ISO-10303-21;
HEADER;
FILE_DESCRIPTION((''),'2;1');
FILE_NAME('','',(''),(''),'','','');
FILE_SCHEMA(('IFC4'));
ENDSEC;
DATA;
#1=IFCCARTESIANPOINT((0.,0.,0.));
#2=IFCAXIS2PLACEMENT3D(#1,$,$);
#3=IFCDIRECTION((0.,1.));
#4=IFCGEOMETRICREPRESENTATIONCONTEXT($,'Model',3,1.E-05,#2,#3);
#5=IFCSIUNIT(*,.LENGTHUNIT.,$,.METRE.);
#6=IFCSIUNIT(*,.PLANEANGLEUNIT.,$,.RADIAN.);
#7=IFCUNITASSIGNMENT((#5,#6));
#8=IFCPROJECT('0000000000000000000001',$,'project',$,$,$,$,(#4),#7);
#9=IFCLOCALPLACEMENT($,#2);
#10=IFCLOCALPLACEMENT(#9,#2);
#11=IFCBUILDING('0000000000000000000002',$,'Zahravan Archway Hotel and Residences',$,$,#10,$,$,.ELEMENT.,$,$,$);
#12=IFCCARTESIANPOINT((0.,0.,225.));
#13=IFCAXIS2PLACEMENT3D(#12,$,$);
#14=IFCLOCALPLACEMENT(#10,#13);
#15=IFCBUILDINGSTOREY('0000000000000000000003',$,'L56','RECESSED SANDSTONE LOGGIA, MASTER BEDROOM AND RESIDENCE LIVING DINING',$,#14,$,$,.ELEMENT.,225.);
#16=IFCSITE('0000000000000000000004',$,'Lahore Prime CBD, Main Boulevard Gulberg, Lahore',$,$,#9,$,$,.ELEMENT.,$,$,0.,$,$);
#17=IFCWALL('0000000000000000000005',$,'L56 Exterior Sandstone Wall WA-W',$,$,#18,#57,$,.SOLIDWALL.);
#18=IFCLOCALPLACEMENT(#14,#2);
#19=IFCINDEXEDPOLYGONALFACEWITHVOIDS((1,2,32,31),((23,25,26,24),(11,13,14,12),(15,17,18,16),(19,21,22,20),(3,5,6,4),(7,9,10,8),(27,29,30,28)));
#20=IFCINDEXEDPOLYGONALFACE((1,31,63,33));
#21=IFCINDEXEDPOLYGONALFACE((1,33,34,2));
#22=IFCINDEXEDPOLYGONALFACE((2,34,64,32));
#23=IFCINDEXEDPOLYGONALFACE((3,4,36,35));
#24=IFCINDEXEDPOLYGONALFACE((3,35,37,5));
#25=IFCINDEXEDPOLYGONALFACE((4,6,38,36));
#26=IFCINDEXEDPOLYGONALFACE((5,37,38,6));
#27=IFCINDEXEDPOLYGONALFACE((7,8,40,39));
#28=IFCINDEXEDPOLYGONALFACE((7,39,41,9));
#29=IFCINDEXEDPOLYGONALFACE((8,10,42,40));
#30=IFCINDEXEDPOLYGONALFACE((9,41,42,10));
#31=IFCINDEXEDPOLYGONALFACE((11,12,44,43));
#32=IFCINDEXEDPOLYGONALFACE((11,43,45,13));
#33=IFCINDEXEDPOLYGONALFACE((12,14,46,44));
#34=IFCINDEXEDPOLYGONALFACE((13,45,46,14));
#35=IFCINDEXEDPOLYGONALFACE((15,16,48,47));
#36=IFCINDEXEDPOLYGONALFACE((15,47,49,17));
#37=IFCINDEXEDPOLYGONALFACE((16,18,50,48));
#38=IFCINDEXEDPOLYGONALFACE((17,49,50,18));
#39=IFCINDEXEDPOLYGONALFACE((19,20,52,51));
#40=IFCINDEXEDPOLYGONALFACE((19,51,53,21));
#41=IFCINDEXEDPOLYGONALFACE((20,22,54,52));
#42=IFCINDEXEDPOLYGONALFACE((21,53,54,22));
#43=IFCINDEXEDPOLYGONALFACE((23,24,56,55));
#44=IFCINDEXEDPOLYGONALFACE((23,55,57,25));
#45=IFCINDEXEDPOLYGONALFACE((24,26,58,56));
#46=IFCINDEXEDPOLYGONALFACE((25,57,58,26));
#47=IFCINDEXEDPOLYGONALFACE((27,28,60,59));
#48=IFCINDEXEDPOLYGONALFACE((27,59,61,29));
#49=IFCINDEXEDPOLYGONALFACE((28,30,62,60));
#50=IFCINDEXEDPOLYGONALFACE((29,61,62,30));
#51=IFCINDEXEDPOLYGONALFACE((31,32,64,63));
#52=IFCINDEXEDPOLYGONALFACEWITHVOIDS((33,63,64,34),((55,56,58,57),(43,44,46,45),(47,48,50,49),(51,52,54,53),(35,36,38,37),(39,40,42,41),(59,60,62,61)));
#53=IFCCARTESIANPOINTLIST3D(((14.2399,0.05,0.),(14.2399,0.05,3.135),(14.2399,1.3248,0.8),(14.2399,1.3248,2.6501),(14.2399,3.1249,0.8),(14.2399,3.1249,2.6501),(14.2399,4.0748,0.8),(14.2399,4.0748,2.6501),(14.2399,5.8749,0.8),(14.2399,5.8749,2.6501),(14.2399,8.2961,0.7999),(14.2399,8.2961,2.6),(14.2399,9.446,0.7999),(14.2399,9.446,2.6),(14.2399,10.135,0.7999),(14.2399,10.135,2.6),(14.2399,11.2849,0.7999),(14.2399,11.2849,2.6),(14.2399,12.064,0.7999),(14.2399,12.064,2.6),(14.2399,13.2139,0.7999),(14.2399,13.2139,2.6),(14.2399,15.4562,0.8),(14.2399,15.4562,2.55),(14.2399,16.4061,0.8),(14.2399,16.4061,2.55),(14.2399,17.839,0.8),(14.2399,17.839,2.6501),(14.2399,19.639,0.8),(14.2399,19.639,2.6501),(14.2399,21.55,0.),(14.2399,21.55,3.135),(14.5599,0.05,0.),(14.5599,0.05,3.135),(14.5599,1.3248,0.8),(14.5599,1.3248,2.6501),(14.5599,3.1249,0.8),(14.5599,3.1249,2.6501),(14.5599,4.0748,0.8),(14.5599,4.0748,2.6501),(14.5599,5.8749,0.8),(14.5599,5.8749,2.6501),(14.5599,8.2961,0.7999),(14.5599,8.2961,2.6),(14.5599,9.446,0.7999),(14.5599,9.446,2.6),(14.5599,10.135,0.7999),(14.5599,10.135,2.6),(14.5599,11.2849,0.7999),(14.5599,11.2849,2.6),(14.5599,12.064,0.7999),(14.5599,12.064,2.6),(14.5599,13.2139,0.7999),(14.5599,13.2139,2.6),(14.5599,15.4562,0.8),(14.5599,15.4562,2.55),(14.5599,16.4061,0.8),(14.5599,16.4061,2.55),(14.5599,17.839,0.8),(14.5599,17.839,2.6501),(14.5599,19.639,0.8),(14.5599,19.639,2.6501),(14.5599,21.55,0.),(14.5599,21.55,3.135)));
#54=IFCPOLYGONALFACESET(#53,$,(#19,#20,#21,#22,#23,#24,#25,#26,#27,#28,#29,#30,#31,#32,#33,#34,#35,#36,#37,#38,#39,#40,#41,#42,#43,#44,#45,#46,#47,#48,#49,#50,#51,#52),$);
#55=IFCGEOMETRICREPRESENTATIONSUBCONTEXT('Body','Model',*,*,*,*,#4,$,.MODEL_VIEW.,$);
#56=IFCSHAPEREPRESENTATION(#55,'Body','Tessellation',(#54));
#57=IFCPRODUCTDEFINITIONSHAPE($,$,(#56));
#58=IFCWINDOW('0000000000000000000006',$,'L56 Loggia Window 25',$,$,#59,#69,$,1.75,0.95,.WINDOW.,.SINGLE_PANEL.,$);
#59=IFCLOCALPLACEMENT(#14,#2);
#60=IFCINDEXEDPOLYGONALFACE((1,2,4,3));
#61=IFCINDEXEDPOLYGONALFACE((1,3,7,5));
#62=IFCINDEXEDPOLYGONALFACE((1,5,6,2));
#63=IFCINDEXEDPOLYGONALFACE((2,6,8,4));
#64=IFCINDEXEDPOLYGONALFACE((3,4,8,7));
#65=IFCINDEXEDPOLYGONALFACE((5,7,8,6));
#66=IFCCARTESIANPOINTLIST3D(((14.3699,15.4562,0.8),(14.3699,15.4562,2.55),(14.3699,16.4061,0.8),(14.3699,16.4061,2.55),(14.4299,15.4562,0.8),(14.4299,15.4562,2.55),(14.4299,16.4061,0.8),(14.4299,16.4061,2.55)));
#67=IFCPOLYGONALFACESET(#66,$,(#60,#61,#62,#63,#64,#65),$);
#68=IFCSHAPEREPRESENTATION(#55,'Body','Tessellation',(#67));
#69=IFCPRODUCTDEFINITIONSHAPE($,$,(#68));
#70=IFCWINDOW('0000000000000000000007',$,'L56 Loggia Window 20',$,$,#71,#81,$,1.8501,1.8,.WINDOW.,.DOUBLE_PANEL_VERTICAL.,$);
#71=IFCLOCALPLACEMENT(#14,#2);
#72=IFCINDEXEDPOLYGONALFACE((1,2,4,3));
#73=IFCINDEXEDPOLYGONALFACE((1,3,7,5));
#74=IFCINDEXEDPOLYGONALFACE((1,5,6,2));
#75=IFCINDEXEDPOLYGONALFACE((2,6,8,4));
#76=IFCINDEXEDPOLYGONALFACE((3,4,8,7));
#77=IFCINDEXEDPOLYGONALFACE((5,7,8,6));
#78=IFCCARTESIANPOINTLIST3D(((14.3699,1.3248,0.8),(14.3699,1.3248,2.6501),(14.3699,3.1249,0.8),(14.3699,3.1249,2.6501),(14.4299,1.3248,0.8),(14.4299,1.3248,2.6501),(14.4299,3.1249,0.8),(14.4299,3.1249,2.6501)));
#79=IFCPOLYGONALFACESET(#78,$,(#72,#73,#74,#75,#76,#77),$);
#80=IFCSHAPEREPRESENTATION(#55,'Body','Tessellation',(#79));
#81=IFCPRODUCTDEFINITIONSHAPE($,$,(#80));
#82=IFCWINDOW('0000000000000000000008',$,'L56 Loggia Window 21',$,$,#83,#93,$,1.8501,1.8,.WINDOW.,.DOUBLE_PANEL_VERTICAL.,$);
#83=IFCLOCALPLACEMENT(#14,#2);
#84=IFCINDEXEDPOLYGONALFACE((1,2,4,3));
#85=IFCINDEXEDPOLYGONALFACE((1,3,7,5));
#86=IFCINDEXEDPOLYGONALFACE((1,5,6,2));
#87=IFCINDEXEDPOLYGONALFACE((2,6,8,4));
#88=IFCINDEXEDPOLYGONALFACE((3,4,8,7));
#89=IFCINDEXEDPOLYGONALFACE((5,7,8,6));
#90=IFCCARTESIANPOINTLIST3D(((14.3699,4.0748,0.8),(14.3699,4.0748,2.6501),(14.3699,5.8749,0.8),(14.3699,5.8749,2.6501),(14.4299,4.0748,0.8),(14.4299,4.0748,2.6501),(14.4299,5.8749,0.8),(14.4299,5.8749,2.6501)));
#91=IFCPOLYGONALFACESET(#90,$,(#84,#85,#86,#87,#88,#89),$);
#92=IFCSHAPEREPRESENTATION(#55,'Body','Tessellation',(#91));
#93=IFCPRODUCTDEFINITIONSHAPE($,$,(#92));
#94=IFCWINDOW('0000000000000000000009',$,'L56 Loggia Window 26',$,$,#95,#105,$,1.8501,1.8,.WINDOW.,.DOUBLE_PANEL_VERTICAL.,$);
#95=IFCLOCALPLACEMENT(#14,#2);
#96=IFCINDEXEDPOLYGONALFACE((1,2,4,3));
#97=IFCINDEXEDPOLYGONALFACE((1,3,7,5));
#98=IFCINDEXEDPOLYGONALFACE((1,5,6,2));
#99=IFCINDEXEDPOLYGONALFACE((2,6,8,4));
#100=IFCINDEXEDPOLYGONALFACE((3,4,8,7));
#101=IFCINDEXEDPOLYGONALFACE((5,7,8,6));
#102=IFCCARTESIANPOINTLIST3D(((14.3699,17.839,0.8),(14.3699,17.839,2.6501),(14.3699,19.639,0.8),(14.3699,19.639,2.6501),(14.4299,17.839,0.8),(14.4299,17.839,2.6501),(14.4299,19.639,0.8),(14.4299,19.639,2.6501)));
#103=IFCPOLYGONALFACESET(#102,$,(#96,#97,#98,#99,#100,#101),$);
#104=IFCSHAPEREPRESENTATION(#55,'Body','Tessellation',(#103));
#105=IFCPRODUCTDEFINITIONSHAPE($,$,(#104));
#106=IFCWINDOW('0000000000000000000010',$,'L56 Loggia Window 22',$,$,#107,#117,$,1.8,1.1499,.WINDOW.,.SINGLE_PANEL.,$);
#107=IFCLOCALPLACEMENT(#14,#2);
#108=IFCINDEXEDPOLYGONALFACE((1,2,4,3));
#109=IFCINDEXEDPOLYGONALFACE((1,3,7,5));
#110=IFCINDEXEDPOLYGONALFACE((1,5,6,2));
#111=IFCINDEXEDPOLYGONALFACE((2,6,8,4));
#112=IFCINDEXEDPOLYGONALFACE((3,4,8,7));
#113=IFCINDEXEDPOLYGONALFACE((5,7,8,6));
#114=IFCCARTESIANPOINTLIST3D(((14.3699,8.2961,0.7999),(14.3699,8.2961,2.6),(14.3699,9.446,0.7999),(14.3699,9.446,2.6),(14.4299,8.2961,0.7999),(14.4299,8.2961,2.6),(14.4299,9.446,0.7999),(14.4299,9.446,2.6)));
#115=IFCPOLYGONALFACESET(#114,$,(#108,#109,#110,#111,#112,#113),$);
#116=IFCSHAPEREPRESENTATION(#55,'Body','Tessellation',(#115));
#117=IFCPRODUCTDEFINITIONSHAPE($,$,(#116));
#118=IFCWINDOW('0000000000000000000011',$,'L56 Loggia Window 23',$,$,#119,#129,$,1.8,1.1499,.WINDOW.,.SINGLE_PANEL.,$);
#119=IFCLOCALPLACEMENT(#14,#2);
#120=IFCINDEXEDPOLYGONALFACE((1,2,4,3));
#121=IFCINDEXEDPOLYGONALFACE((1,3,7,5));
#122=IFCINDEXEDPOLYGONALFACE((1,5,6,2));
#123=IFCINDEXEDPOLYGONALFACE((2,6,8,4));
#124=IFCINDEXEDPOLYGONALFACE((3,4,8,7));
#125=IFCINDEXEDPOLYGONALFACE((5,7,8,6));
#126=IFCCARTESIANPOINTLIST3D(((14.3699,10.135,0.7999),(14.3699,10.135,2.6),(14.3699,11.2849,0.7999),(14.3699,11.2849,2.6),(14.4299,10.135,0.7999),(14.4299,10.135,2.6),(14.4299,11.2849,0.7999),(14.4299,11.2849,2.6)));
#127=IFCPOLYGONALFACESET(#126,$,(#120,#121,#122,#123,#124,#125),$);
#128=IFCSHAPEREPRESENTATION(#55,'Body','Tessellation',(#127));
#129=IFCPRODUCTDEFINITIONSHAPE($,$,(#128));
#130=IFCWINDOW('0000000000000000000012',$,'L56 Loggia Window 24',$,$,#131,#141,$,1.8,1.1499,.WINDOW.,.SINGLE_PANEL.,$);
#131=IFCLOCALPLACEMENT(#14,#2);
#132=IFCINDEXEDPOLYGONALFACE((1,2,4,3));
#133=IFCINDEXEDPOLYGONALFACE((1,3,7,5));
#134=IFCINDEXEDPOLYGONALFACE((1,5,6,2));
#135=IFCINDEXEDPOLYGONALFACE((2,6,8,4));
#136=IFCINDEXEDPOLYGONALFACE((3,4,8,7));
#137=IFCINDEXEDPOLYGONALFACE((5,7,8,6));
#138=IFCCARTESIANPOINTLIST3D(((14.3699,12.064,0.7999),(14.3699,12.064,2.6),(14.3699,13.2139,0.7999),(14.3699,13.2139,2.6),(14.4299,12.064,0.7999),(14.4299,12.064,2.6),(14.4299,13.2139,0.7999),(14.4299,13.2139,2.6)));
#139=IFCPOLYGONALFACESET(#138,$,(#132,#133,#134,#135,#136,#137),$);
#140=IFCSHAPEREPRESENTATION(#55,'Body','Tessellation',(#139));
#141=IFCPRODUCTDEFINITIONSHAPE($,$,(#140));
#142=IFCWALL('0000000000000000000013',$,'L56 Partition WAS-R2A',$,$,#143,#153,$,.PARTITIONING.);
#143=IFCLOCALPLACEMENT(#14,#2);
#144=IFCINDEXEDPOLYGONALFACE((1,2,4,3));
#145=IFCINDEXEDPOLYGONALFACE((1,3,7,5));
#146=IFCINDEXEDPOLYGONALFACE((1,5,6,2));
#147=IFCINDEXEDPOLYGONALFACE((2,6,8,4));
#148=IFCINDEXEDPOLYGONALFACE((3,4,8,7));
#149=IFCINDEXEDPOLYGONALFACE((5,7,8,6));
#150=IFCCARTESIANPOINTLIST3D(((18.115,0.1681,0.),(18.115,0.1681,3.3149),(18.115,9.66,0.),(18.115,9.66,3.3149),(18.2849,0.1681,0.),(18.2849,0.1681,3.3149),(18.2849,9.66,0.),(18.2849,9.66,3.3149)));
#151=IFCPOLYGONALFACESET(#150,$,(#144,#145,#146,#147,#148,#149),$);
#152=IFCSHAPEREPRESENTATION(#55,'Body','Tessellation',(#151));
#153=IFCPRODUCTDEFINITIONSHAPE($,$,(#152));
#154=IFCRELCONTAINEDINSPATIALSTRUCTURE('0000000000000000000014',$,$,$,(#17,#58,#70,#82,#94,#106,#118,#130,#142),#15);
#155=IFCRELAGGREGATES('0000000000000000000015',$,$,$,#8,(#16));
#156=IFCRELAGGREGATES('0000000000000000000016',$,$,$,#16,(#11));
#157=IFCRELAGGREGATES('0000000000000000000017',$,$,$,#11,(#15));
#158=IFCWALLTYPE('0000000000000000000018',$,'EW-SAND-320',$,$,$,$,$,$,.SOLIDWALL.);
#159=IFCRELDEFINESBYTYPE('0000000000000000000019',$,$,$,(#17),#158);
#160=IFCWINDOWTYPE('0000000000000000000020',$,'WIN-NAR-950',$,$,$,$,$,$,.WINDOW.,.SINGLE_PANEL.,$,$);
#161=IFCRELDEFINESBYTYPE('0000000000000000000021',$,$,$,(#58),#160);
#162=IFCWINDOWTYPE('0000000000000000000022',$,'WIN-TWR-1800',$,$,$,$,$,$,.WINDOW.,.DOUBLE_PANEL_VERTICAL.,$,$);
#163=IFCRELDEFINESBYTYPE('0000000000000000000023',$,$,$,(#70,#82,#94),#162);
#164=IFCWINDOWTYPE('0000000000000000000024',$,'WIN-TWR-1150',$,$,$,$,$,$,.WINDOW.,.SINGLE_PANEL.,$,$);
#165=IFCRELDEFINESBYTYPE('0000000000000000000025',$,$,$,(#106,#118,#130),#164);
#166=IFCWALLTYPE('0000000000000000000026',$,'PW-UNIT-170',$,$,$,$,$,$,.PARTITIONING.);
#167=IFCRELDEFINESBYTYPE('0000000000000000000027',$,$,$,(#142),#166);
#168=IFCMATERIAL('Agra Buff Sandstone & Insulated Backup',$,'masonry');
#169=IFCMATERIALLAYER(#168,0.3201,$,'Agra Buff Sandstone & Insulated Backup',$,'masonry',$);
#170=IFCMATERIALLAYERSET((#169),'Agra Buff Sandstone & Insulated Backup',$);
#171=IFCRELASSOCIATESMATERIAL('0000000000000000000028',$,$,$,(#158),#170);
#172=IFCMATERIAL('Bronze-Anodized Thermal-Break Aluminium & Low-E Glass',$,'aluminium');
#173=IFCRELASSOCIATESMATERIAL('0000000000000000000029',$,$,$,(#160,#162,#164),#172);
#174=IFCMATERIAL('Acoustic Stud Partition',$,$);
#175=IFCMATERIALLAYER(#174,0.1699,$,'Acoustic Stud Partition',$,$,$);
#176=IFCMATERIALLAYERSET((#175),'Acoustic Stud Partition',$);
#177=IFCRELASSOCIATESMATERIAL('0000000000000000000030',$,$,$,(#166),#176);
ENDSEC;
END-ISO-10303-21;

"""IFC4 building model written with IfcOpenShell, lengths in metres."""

from ifc_helpers import new_model, si_unit, direction, frame, frame_2d, origin, place, context, subcontext, project, spatial, rectangle, extrude, source, transform, mapped, material, layer, layer_set, type_object, type_shapes, element, fill, save


model = new_model("IFC4")

# Units and contexts
model_context = context("Model", 3, precision=1e-05, world=origin(), true_north=direction((0.0, 1.0)))
body_context = subcontext(model_context, "Body", "Model", "MODEL_VIEW")
ifc_project = project(units=[si_unit("LENGTHUNIT", "METRE"), si_unit("PLANEANGLEUNIT", "RADIAN")], contexts=[model_context])

# Site, building, storey
site_placement = place(None, origin())
site = spatial("IfcSite", under=ifc_project, at=site_placement, Name="Lahore Prime CBD, Main Boulevard Gulberg, Lahore", CompositionType="ELEMENT", RefElevation=0.0)
building_placement = place(site_placement, origin())
building = spatial("IfcBuilding", under=site, at=building_placement, Name="Zahravan Archway Hotel and Residences", CompositionType="ELEMENT")
storey_placement = place(building_placement, frame((0.0, 0.0, 225.0)))
storey = spatial("IfcBuildingStorey", under=building, at=storey_placement, Name="L56", Description="RECESSED SANDSTONE LOGGIA, MASTER BEDROOM AND RESIDENCE LIVING DINING", CompositionType="ELEMENT", Elevation=225.0)

# Wall, openings, windows
ifc_material_1 = material(Name="Agra Buff Sandstone & Insulated Backup", Category="masonry")
ifc_layer_1 = layer(ifc_material_1, 0.3201, Name="Agra Buff Sandstone & Insulated Backup", Category="masonry")
ifc_layer_set_1 = layer_set([ifc_layer_1], Name="Agra Buff Sandstone & Insulated Backup")
wall_type_1 = type_object("IfcWallType", Name="EW-SAND-320", PredefinedType="SOLIDWALL", material=ifc_layer_set_1)
wall_1_placement = place(storey_placement, frame((14.3999, 0.05, 0.0), z_axis=(0.0, 0.0, 1.0), x_axis=(0.0, 1.0, 0.0)))
wall_1 = element("IfcWall", 1, at=wall_1_placement, inside=storey, type_object=wall_type_1, Name="L56 Exterior Sandstone Wall WA-W", PredefinedType="SOLIDWALL", context=body_context, shape_type="SweptSolid", body=[
    extrude(rectangle(XDim=21.5, YDim=0.3201, at=frame_2d((10.75, 0.0))), origin(), (0.0, 0.0, 1.0), 3.135),
])
opening_1_placement = place(wall_1_placement, frame((1.2749, 0.0, 0.8)))
opening_1 = element("IfcOpeningElement", 2, at=opening_1_placement, cuts=wall_1, PredefinedType="OPENING", context=body_context, shape_type="SweptSolid", body=[
    extrude(rectangle(XDim=1.8, YDim=1.8501, at=frame_2d((0.8999, 0.925))), frame((0.0, 0.1699, 0.0), z_axis=(0.0, -1.0, 0.0), x_axis=(1.0, 0.0, 0.0)), (0.0, 0.0, 1.0), 0.3401),
])
opening_2_placement = place(wall_1_placement, frame((4.0249, 0.0, 0.8)))
opening_2 = element("IfcOpeningElement", 3, at=opening_2_placement, cuts=wall_1, PredefinedType="OPENING", context=body_context, shape_type="SweptSolid", body=[
    extrude(rectangle(XDim=1.8, YDim=1.8501, at=frame_2d((0.8999, 0.925))), frame((0.0, 0.1699, 0.0), z_axis=(0.0, -1.0, 0.0), x_axis=(1.0, 0.0, 0.0)), (0.0, 0.0, 1.0), 0.3401),
])
opening_3_placement = place(wall_1_placement, frame((8.2461, 0.0, 0.8)))
opening_3 = element("IfcOpeningElement", 4, at=opening_3_placement, cuts=wall_1, PredefinedType="OPENING", context=body_context, shape_type="SweptSolid", body=[
    extrude(rectangle(XDim=1.1499, YDim=1.8, at=frame_2d((0.575, 0.8999))), frame((0.0, 0.1699, 0.0), z_axis=(0.0, -1.0, 0.0), x_axis=(1.0, 0.0, 0.0)), (0.0, 0.0, 1.0), 0.3401),
])
opening_4_placement = place(wall_1_placement, frame((10.085, 0.0, 0.8)))
opening_4 = element("IfcOpeningElement", 5, at=opening_4_placement, cuts=wall_1, PredefinedType="OPENING", context=body_context, shape_type="SweptSolid", body=[
    extrude(rectangle(XDim=1.1499, YDim=1.8, at=frame_2d((0.575, 0.8999))), frame((0.0, 0.1699, 0.0), z_axis=(0.0, -1.0, 0.0), x_axis=(1.0, 0.0, 0.0)), (0.0, 0.0, 1.0), 0.3401),
])
opening_5_placement = place(wall_1_placement, frame((12.0139, 0.0, 0.8)))
opening_5 = element("IfcOpeningElement", 6, at=opening_5_placement, cuts=wall_1, PredefinedType="OPENING", context=body_context, shape_type="SweptSolid", body=[
    extrude(rectangle(XDim=1.1499, YDim=1.8, at=frame_2d((0.575, 0.8999))), frame((0.0, 0.1699, 0.0), z_axis=(0.0, -1.0, 0.0), x_axis=(1.0, 0.0, 0.0)), (0.0, 0.0, 1.0), 0.3401),
])
opening_6_placement = place(wall_1_placement, frame((15.406, 0.0, 0.8)))
opening_6 = element("IfcOpeningElement", 7, at=opening_6_placement, cuts=wall_1, PredefinedType="OPENING", context=body_context, shape_type="SweptSolid", body=[
    extrude(rectangle(XDim=0.95, YDim=1.75, at=frame_2d((0.4751, 0.875))), frame((0.0, 0.1699, 0.0), z_axis=(0.0, -1.0, 0.0), x_axis=(1.0, 0.0, 0.0)), (0.0, 0.0, 1.0), 0.3401),
])
opening_7_placement = place(wall_1_placement, frame((17.7891, 0.0, 0.8)))
opening_7 = element("IfcOpeningElement", 8, at=opening_7_placement, cuts=wall_1, PredefinedType="OPENING", context=body_context, shape_type="SweptSolid", body=[
    extrude(rectangle(XDim=1.8, YDim=1.8501, at=frame_2d((0.8999, 0.925))), frame((0.0, 0.1699, 0.0), z_axis=(0.0, -1.0, 0.0), x_axis=(1.0, 0.0, 0.0)), (0.0, 0.0, 1.0), 0.3401),
])
ifc_material_2 = material(Name="Bronze-Anodized Thermal-Break Aluminium & Low-E Glass", Category="aluminium")
window_type_1 = type_object("IfcWindowType", Name="WIN-NAR-950", PartitioningType="SINGLE_PANEL", PredefinedType="WINDOW", material=ifc_material_2)
shared_shape_1 = source(origin(), body_context, "Body", "SweptSolid", [
    extrude(rectangle(XDim=0.95, YDim=1.75, at=frame_2d((0.4751, 0.875))), frame((0.0, 0.03, 0.0), z_axis=(0.0, -1.0, 0.0), x_axis=(1.0, 0.0, 0.0)), (0.0, 0.0, 1.0), 0.0601),
])
type_shapes(window_type_1, [shared_shape_1])
window_1_placement = place(opening_6_placement, origin())
window_1 = element("IfcWindow", 9, at=window_1_placement, inside=storey, type_object=window_type_1, Name="L56 Loggia Window 25", OverallHeight=1.75, OverallWidth=0.95, PartitioningType="SINGLE_PANEL", PredefinedType="WINDOW", context=body_context, shape_type="MappedRepresentation", body=[
    mapped(shared_shape_1, transform((0.0, 0.0, 0.0), scale=1.0)),
])
fill(opening_6, window_1)
window_type_2 = type_object("IfcWindowType", Name="WIN-TWR-1800", PartitioningType="DOUBLE_PANEL_VERTICAL", PredefinedType="WINDOW", material=ifc_material_2)
shared_shape_2 = source(origin(), body_context, "Body", "SweptSolid", [
    extrude(rectangle(XDim=1.8, YDim=1.8501, at=frame_2d((0.8999, 0.925))), frame((0.0, 0.03, 0.0), z_axis=(0.0, -1.0, 0.0), x_axis=(1.0, 0.0, 0.0)), (0.0, 0.0, 1.0), 0.0601),
])
type_shapes(window_type_2, [shared_shape_2])
window_2_placement = place(opening_1_placement, origin())
window_2 = element("IfcWindow", 10, at=window_2_placement, inside=storey, type_object=window_type_2, Name="L56 Loggia Window 20", OverallHeight=1.8501, OverallWidth=1.8, PartitioningType="DOUBLE_PANEL_VERTICAL", PredefinedType="WINDOW", context=body_context, shape_type="MappedRepresentation", body=[
    mapped(shared_shape_2, transform((0.0, 0.0, 0.0), scale=1.0)),
])
fill(opening_1, window_2)
window_3_placement = place(opening_2_placement, origin())
window_3 = element("IfcWindow", 11, at=window_3_placement, inside=storey, type_object=window_type_2, Name="L56 Loggia Window 21", OverallHeight=1.8501, OverallWidth=1.8, PartitioningType="DOUBLE_PANEL_VERTICAL", PredefinedType="WINDOW", context=body_context, shape_type="MappedRepresentation", body=[
    mapped(shared_shape_2, transform((0.0, 0.0, 0.0), scale=1.0)),
])
fill(opening_2, window_3)
window_4_placement = place(opening_7_placement, origin())
window_4 = element("IfcWindow", 12, at=window_4_placement, inside=storey, type_object=window_type_2, Name="L56 Loggia Window 26", OverallHeight=1.8501, OverallWidth=1.8, PartitioningType="DOUBLE_PANEL_VERTICAL", PredefinedType="WINDOW", context=body_context, shape_type="MappedRepresentation", body=[
    mapped(shared_shape_2, transform((0.0, 0.0, 0.0), scale=1.0)),
])
fill(opening_7, window_4)
window_type_3 = type_object("IfcWindowType", Name="WIN-TWR-1150", PartitioningType="SINGLE_PANEL", PredefinedType="WINDOW", material=ifc_material_2)
shared_shape_3 = source(origin(), body_context, "Body", "SweptSolid", [
    extrude(rectangle(XDim=1.1499, YDim=1.8, at=frame_2d((0.575, 0.8999))), frame((0.0, 0.03, 0.0), z_axis=(0.0, -1.0, 0.0), x_axis=(1.0, 0.0, 0.0)), (0.0, 0.0, 1.0), 0.0601),
])
type_shapes(window_type_3, [shared_shape_3])
window_5_placement = place(opening_3_placement, origin())
window_5 = element("IfcWindow", 13, at=window_5_placement, inside=storey, type_object=window_type_3, Name="L56 Loggia Window 22", OverallHeight=1.8, OverallWidth=1.1499, PartitioningType="SINGLE_PANEL", PredefinedType="WINDOW", context=body_context, shape_type="MappedRepresentation", body=[
    mapped(shared_shape_3, transform((0.0, 0.0, 0.0), scale=1.0)),
])
fill(opening_3, window_5)
window_6_placement = place(opening_4_placement, origin())
window_6 = element("IfcWindow", 14, at=window_6_placement, inside=storey, type_object=window_type_3, Name="L56 Loggia Window 23", OverallHeight=1.8, OverallWidth=1.1499, PartitioningType="SINGLE_PANEL", PredefinedType="WINDOW", context=body_context, shape_type="MappedRepresentation", body=[
    mapped(shared_shape_3, transform((0.0, 0.0, 0.0), scale=1.0)),
])
fill(opening_4, window_6)
window_7_placement = place(opening_5_placement, origin())
window_7 = element("IfcWindow", 15, at=window_7_placement, inside=storey, type_object=window_type_3, Name="L56 Loggia Window 24", OverallHeight=1.8, OverallWidth=1.1499, PartitioningType="SINGLE_PANEL", PredefinedType="WINDOW", context=body_context, shape_type="MappedRepresentation", body=[
    mapped(shared_shape_3, transform((0.0, 0.0, 0.0), scale=1.0)),
])
fill(opening_5, window_7)

# Wall
ifc_material_3 = material(Name="Acoustic Stud Partition")
ifc_layer_2 = layer(ifc_material_3, 0.1699, Name="Acoustic Stud Partition")
ifc_layer_set_2 = layer_set([ifc_layer_2], Name="Acoustic Stud Partition")
wall_type_2 = type_object("IfcWallType", Name="PW-UNIT-170", PredefinedType="PARTITIONING", material=ifc_layer_set_2)
wall_2_placement = place(storey_placement, frame((18.2, 0.168, 0.0), z_axis=(0.0, 0.0, 1.0), x_axis=(0.0, 1.0, 0.0)))
element("IfcWall", 16, at=wall_2_placement, inside=storey, type_object=wall_type_2, Name="L56 Partition WAS-R2A", PredefinedType="PARTITIONING", context=body_context, shape_type="SweptSolid", body=[
    extrude(rectangle(XDim=9.4919, YDim=0.1699, at=frame_2d((4.7461, 0.0))), origin(), (0.0, 0.0, 1.0), 3.3149),
])

save(model, "model.ifc")
